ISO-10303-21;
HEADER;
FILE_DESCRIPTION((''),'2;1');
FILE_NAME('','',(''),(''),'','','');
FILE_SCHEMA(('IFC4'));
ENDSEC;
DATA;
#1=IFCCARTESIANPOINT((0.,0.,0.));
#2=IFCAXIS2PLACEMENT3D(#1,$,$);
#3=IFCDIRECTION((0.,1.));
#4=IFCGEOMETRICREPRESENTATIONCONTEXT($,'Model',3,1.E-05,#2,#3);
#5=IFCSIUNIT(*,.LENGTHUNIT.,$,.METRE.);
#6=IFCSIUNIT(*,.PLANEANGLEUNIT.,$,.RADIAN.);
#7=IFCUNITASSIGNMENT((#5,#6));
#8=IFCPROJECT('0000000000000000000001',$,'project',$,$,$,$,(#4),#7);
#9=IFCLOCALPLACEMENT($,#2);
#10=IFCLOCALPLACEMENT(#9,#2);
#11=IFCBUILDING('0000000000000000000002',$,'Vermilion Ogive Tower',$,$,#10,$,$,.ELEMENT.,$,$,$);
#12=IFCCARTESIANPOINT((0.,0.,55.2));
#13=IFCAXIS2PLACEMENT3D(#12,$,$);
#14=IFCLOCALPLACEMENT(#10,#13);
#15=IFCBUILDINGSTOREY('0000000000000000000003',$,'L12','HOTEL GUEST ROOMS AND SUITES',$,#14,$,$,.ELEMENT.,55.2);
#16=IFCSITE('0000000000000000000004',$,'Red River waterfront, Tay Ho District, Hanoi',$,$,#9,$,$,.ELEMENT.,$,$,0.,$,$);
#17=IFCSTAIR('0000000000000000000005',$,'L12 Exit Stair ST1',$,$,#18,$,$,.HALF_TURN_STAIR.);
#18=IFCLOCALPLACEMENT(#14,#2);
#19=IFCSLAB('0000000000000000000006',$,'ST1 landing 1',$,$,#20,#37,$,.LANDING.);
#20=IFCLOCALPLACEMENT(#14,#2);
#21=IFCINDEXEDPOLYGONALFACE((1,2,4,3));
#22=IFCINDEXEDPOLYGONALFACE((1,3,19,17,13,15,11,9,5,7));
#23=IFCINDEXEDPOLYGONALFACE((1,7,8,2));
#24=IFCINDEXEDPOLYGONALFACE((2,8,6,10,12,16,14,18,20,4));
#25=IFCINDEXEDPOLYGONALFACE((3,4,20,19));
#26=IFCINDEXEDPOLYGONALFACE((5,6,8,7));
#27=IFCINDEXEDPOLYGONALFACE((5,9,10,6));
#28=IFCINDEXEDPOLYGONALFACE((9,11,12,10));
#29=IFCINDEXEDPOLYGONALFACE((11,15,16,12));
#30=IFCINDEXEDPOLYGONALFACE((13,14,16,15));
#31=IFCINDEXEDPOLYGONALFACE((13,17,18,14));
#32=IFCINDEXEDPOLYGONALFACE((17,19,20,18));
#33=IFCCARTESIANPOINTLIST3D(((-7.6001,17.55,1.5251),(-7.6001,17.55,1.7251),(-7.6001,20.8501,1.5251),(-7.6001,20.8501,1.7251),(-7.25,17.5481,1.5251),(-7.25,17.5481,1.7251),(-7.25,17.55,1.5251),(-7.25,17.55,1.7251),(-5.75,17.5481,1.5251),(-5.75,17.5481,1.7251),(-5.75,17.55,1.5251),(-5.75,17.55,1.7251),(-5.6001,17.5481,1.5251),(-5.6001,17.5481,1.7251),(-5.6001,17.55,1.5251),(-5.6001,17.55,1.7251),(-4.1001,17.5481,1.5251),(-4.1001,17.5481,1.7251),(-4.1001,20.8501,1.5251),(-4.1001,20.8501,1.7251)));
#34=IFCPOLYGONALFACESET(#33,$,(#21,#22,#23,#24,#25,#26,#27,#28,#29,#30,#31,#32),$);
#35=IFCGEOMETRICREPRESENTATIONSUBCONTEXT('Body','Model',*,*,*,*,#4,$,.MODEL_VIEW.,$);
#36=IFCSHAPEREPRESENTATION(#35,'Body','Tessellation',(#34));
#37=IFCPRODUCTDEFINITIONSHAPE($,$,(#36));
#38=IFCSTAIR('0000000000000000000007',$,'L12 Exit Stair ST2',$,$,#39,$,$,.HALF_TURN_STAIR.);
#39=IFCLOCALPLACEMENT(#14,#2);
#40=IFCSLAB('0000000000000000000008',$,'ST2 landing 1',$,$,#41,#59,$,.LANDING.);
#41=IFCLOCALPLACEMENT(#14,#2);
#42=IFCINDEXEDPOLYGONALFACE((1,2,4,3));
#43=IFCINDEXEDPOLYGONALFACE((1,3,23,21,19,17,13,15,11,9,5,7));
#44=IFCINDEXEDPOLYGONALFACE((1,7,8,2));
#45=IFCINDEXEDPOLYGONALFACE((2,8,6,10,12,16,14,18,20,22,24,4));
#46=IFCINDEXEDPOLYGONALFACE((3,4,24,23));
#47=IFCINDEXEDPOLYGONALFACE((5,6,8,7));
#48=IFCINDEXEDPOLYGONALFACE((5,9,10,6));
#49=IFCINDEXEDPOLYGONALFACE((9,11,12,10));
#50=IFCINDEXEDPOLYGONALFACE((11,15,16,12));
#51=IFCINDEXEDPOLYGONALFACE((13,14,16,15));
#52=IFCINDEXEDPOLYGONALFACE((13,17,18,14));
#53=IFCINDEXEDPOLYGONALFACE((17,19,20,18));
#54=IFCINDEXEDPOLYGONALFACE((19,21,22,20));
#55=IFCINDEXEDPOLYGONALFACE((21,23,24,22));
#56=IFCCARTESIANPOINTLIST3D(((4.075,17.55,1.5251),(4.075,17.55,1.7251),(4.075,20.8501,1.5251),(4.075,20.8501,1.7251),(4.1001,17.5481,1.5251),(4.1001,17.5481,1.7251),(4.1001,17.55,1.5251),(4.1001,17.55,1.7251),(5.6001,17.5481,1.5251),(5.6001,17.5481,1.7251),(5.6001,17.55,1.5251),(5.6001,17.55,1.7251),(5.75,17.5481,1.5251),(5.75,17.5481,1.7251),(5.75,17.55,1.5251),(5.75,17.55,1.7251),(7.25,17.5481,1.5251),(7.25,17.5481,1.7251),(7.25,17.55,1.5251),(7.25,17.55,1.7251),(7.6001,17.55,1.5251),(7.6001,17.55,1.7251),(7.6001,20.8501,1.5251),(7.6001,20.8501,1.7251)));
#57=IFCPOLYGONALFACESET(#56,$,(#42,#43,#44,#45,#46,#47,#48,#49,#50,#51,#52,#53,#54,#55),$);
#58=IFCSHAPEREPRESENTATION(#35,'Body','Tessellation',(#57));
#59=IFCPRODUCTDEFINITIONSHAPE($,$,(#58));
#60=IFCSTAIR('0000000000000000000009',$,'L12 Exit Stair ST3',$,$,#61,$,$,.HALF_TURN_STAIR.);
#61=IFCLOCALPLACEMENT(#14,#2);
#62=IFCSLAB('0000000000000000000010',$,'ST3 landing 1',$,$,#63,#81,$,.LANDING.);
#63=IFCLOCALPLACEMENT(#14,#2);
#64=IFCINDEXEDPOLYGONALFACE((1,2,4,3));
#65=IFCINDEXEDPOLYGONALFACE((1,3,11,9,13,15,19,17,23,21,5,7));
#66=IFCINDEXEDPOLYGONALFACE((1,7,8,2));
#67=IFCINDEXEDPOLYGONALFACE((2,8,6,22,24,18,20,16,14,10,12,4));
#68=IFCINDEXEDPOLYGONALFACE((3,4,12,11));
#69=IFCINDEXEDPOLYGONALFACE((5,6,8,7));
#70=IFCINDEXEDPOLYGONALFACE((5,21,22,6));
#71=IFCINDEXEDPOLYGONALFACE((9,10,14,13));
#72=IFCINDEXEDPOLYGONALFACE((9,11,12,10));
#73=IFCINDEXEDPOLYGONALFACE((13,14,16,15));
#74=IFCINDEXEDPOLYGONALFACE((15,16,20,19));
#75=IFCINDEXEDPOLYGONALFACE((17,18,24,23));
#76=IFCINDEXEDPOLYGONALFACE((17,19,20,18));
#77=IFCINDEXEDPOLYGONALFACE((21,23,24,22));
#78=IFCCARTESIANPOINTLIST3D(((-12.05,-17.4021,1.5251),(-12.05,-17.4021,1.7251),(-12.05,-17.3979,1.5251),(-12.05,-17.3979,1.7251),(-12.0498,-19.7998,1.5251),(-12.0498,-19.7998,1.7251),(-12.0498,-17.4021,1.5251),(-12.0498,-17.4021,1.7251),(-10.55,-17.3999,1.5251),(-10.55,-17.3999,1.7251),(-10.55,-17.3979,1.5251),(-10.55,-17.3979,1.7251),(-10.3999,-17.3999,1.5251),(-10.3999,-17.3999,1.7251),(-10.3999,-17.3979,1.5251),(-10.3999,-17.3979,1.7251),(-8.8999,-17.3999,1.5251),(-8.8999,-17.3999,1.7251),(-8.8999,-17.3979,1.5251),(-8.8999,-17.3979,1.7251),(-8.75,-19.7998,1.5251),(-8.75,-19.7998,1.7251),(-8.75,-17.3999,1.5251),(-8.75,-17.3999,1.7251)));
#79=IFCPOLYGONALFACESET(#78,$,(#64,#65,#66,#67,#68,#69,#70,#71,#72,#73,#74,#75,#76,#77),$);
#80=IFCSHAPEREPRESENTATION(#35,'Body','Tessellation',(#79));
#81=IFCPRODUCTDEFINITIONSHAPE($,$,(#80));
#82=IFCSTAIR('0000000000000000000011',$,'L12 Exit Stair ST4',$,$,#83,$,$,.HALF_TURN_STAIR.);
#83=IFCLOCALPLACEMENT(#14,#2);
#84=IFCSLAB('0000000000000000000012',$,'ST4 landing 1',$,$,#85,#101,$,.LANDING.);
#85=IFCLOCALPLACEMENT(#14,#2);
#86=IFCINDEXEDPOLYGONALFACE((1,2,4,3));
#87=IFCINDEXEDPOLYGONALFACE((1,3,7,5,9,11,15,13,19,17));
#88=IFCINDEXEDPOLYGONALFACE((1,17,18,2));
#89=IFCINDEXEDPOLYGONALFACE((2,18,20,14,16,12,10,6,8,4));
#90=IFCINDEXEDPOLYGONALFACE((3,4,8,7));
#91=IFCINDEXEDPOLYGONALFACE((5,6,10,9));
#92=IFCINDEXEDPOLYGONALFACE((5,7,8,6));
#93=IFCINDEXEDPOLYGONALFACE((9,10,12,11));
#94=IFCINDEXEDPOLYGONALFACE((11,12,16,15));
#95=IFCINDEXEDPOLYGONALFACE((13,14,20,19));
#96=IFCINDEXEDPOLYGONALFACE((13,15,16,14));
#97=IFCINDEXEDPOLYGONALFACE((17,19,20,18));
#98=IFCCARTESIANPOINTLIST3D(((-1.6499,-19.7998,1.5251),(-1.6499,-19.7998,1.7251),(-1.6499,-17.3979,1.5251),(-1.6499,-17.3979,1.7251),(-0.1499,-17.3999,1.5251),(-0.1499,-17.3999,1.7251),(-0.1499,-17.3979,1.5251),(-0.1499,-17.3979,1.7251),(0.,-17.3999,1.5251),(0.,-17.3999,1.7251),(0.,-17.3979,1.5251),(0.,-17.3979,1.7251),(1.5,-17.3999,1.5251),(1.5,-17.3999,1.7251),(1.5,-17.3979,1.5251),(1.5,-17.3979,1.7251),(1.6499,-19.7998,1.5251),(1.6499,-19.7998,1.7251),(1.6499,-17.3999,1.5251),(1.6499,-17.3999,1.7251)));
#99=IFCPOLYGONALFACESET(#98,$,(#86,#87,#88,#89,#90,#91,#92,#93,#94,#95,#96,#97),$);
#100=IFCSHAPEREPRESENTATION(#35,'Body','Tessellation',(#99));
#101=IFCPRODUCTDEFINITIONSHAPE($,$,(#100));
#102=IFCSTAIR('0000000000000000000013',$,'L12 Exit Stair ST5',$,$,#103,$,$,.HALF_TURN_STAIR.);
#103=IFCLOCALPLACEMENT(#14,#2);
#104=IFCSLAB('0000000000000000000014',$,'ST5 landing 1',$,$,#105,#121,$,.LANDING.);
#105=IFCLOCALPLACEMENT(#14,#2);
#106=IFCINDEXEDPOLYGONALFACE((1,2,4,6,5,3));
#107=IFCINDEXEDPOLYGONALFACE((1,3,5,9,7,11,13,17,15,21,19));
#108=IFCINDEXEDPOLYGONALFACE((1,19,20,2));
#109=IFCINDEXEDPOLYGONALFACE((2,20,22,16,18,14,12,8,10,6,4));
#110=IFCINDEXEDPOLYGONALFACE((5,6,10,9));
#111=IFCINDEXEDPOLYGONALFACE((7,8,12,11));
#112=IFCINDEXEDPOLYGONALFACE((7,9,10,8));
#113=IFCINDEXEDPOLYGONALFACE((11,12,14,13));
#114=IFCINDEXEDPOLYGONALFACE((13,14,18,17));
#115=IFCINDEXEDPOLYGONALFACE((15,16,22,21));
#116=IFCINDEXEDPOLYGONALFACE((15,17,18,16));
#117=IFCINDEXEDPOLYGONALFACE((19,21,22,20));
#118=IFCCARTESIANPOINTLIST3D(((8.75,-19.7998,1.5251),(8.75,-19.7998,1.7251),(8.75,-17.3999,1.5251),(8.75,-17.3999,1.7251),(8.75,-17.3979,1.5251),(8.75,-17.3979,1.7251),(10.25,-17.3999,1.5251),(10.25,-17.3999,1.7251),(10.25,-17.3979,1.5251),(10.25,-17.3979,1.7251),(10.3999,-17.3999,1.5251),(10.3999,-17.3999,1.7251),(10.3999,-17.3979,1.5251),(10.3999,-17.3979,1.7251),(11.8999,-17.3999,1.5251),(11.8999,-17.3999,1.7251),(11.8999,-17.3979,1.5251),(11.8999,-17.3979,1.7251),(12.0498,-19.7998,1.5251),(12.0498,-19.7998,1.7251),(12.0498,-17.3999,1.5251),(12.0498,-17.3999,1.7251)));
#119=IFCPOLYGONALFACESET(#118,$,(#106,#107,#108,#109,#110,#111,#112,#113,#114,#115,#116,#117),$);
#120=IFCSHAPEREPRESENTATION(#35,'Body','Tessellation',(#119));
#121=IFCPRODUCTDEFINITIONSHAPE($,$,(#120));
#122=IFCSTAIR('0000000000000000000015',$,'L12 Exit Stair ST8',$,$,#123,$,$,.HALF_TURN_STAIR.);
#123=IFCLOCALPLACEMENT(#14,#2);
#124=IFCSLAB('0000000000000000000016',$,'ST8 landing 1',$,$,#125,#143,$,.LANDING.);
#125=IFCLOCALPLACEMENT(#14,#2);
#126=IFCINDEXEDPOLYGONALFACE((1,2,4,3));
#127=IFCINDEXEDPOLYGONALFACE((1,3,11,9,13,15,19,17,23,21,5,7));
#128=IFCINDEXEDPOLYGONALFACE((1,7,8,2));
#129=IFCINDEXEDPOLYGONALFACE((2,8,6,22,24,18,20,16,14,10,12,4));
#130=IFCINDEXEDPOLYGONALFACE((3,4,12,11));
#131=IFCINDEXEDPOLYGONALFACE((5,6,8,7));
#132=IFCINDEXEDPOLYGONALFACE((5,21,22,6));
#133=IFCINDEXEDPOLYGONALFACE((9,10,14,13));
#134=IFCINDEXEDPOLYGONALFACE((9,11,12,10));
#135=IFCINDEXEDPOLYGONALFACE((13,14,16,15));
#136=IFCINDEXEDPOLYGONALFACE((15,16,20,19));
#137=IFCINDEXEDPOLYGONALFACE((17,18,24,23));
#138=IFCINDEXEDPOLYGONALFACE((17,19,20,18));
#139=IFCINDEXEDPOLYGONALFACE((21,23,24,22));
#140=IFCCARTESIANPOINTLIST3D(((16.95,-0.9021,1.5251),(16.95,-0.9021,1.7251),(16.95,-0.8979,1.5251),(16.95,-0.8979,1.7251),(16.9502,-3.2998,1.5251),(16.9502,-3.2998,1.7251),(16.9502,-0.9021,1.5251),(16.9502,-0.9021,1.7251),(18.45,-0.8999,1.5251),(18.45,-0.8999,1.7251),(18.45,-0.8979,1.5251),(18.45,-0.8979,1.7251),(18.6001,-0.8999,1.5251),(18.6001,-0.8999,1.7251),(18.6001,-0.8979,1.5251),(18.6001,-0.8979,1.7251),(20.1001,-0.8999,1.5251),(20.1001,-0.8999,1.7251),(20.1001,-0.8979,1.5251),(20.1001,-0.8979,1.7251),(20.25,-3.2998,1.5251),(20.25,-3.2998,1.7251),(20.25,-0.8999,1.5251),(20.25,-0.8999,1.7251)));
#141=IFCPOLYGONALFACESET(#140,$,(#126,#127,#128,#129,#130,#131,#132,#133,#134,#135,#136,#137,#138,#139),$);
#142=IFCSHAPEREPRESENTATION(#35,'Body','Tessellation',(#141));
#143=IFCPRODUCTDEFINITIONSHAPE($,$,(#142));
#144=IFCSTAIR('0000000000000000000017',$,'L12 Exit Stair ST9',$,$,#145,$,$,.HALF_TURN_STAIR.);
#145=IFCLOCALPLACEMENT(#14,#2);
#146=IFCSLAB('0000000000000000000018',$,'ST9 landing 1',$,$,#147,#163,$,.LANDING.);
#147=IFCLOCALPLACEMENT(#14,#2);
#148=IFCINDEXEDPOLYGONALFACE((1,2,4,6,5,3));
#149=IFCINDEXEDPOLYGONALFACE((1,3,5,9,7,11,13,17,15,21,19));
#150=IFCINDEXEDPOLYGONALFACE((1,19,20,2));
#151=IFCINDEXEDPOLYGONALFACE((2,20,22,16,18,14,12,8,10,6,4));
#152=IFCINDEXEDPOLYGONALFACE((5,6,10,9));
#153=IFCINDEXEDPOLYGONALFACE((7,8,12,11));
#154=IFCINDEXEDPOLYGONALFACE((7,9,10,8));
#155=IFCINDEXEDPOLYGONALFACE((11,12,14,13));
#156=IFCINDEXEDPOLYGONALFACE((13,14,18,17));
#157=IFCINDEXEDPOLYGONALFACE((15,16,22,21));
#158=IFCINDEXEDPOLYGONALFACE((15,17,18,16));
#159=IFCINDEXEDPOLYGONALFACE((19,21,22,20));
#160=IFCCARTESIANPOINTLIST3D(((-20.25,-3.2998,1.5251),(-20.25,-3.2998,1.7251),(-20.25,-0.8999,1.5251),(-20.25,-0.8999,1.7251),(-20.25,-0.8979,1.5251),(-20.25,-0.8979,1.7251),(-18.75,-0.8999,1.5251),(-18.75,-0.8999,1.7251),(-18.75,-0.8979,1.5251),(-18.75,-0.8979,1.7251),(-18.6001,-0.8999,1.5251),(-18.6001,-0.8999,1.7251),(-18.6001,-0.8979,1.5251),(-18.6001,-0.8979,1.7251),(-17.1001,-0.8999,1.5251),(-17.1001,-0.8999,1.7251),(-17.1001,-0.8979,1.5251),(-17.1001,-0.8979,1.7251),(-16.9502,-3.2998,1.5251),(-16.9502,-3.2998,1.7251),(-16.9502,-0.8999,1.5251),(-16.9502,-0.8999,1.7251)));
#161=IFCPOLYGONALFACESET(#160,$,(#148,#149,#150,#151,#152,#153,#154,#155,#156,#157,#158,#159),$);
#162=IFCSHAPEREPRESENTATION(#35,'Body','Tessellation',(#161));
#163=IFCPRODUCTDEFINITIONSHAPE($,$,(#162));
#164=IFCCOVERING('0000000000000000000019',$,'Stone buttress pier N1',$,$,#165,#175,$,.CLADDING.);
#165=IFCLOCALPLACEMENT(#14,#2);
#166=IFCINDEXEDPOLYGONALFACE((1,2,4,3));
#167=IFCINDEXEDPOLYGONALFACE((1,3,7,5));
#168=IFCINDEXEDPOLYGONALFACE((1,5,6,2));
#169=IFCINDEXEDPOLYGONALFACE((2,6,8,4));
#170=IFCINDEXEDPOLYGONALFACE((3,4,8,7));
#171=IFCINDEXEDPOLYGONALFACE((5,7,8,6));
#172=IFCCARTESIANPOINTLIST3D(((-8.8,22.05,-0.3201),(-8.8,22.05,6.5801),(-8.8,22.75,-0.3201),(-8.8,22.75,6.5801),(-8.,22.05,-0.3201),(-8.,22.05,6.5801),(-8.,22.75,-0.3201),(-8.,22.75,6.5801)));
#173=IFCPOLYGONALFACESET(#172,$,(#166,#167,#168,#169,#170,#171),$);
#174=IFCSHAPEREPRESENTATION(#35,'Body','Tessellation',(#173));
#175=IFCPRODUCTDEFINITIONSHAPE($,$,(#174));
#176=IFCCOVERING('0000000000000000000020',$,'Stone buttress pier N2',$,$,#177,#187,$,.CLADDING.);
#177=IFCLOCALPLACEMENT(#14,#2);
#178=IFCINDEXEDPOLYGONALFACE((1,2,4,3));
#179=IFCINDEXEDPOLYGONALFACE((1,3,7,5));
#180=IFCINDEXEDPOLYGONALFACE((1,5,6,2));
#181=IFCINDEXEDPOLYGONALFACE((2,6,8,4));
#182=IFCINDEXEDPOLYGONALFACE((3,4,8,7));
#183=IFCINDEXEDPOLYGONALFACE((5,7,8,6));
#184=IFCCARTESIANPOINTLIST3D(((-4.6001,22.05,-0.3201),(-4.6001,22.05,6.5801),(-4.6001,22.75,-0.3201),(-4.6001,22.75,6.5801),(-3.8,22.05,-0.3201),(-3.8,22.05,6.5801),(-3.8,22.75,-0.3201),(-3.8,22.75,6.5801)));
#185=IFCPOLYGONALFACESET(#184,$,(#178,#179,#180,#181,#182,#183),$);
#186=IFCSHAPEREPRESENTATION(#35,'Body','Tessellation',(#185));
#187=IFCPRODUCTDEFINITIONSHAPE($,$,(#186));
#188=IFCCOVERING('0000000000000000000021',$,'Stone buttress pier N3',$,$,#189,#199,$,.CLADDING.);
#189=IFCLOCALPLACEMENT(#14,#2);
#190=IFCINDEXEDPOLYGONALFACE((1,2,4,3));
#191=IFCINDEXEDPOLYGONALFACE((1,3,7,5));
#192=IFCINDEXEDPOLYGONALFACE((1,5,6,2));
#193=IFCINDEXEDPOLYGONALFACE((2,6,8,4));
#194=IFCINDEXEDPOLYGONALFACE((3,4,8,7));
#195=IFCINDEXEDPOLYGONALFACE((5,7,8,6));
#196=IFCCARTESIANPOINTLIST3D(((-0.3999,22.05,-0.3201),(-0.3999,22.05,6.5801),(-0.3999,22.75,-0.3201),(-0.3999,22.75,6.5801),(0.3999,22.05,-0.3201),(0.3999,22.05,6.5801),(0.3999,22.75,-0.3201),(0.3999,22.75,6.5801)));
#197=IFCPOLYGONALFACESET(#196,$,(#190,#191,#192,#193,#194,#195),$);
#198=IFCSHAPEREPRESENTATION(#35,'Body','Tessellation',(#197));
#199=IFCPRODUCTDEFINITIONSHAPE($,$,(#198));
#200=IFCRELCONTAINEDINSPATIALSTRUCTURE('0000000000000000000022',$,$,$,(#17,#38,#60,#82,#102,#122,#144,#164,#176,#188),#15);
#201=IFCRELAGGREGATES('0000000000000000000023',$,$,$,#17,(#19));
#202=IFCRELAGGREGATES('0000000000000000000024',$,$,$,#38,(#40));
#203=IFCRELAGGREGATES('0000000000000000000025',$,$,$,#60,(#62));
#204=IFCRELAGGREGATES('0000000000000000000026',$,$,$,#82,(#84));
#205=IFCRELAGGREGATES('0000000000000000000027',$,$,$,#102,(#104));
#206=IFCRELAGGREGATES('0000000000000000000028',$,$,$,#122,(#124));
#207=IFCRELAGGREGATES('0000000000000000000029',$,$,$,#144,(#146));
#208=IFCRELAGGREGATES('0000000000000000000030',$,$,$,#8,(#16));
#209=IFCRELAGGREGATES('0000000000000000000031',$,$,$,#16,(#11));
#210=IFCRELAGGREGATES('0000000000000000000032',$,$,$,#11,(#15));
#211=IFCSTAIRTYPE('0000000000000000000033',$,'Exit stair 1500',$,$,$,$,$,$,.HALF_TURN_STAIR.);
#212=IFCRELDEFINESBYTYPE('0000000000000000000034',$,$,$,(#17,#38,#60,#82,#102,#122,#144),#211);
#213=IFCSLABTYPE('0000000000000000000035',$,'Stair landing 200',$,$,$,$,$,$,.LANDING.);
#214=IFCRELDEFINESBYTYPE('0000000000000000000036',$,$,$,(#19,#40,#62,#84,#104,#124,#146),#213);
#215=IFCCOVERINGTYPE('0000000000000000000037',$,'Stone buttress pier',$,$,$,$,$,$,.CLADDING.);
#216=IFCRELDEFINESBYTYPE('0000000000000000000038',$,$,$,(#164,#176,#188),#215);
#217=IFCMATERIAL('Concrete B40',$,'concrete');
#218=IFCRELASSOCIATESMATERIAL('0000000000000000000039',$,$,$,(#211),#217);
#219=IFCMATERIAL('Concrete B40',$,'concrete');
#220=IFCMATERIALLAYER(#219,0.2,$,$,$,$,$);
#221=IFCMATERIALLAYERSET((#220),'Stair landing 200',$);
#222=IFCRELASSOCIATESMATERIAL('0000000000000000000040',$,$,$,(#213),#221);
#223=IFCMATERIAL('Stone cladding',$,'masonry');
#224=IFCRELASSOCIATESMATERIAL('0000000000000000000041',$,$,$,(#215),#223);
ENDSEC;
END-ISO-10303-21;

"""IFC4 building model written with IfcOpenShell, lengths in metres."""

from ifc_helpers import new_model, si_unit, direction, frame, origin, place, context, subcontext, project, spatial, polyline, outline, extrude, material, layer, layer_set, type_object, element, aggregate, save


model = new_model("IFC4")

# Units and contexts
model_context = context("Model", 3, precision=1e-05, world=origin(), true_north=direction((0.0, 1.0)))
body_context = subcontext(model_context, "Body", "Model", "MODEL_VIEW")
ifc_project = project(units=[si_unit("LENGTHUNIT", "METRE"), si_unit("PLANEANGLEUNIT", "RADIAN")], contexts=[model_context])

# Site, building, storey
site_placement = place(None, origin())
site = spatial("IfcSite", under=ifc_project, at=site_placement, Name="Red River waterfront, Tay Ho District, Hanoi", CompositionType="ELEMENT", RefElevation=0.0)
building_placement = place(site_placement, origin())
building = spatial("IfcBuilding", under=site, at=building_placement, Name="Vermilion Ogive Tower", CompositionType="ELEMENT")
storey_placement = place(building_placement, frame((0.0, 0.0, 55.2)))
storey = spatial("IfcBuildingStorey", under=building, at=storey_placement, Name="L12", Description="HOTEL GUEST ROOMS AND SUITES", CompositionType="ELEMENT", Elevation=55.2)

# Stairs, slabs
ifc_material_1 = material(Name="Concrete B40", Category="concrete")
stair_type = type_object("IfcStairType", Name="Exit stair 1500", PredefinedType="HALF_TURN_STAIR", material=ifc_material_1)
stair_1_placement = place(storey_placement, origin())
stair_1 = element("IfcStair", 1, at=stair_1_placement, inside=storey, type_object=stair_type, Name="L12 Exit Stair ST1", PredefinedType="HALF_TURN_STAIR")
ifc_material_2 = material(Name="Concrete B40", Category="concrete")
ifc_layer = layer(ifc_material_2, 0.2)
ifc_layer_set = layer_set([ifc_layer], Name="Stair landing 200")
slab_type = type_object("IfcSlabType", Name="Stair landing 200", PredefinedType="LANDING", material=ifc_layer_set)
slab_1_placement = place(storey_placement, frame((0.0, 0.0, 1.5251)))
slab_1 = element("IfcSlab", 2, at=slab_1_placement, type_object=slab_type, Name="ST1 landing 1", PredefinedType="LANDING", context=body_context, shape_type="SweptSolid", body=[
    extrude(outline(polyline([(-7.6001, 17.55), (-7.25, 17.55), (-7.25, 17.5481), (-5.75, 17.5481), (-5.75, 17.55), (-5.6001, 17.55), (-5.6001, 17.5481), (-4.1001, 17.5481), (-4.1001, 20.8501), (-7.6001, 20.8501), (-7.6001, 17.55)])), origin(), (0.0, 0.0, 1.0), 0.2),
])
aggregate(stair_1, [slab_1])
stair_2_placement = place(storey_placement, origin())
stair_2 = element("IfcStair", 3, at=stair_2_placement, inside=storey, type_object=stair_type, Name="L12 Exit Stair ST2", PredefinedType="HALF_TURN_STAIR")
slab_2_placement = place(storey_placement, frame((0.0, 0.0, 1.5251)))
slab_2 = element("IfcSlab", 4, at=slab_2_placement, type_object=slab_type, Name="ST2 landing 1", PredefinedType="LANDING", context=body_context, shape_type="SweptSolid", body=[
    extrude(outline(polyline([(5.6001, 17.55), (5.75, 17.55), (5.75, 17.5481), (7.25, 17.5481), (7.25, 17.55), (7.6001, 17.55), (7.6001, 20.8501), (4.075, 20.8501), (4.075, 17.55), (4.1001, 17.55), (4.1001, 17.5481), (5.6001, 17.5481), (5.6001, 17.55)])), origin(), (0.0, 0.0, 1.0), 0.2),
])
aggregate(stair_2, [slab_2])
stair_3_placement = place(storey_placement, origin())
stair_3 = element("IfcStair", 5, at=stair_3_placement, inside=storey, type_object=stair_type, Name="L12 Exit Stair ST3", PredefinedType="HALF_TURN_STAIR")
slab_3_placement = place(storey_placement, frame((0.0, 0.0, 1.5251)))
slab_3 = element("IfcSlab", 6, at=slab_3_placement, type_object=slab_type, Name="ST3 landing 1", PredefinedType="LANDING", context=body_context, shape_type="SweptSolid", body=[
    extrude(outline(polyline([(-8.75, -17.3999), (-8.8999, -17.3999), (-8.8999, -17.3979), (-10.3999, -17.3979), (-10.3999, -17.3999), (-10.55, -17.3999), (-10.55, -17.3979), (-12.05, -17.3979), (-12.05, -17.4021), (-12.0498, -17.4021), (-12.0498, -19.7998), (-8.75, -19.7998), (-8.75, -17.3999)])), origin(), (0.0, 0.0, 1.0), 0.2),
])
aggregate(stair_3, [slab_3])
stair_4_placement = place(storey_placement, origin())
stair_4 = element("IfcStair", 7, at=stair_4_placement, inside=storey, type_object=stair_type, Name="L12 Exit Stair ST4", PredefinedType="HALF_TURN_STAIR")
slab_4_placement = place(storey_placement, frame((0.0, 0.0, 1.5251)))
slab_4 = element("IfcSlab", 8, at=slab_4_placement, type_object=slab_type, Name="ST4 landing 1", PredefinedType="LANDING", context=body_context, shape_type="SweptSolid", body=[
    extrude(outline(polyline([(1.6499, -17.3999), (1.5, -17.3999), (1.5, -17.3979), (0.0, -17.3979), (0.0, -17.3999), (-0.1499, -17.3999), (-0.1499, -17.3979), (-1.6499, -17.3979), (-1.6499, -19.7998), (1.6499, -19.7998), (1.6499, -17.3999)])), origin(), (0.0, 0.0, 1.0), 0.2),
])
aggregate(stair_4, [slab_4])
stair_5_placement = place(storey_placement, origin())
stair_5 = element("IfcStair", 9, at=stair_5_placement, inside=storey, type_object=stair_type, Name="L12 Exit Stair ST5", PredefinedType="HALF_TURN_STAIR")
slab_5_placement = place(storey_placement, frame((0.0, 0.0, 1.5251)))
slab_5 = element("IfcSlab", 10, at=slab_5_placement, type_object=slab_type, Name="ST5 landing 1", PredefinedType="LANDING", context=body_context, shape_type="SweptSolid", body=[
    extrude(outline(polyline([(12.0498, -17.3999), (11.8999, -17.3999), (11.8999, -17.3979), (10.3999, -17.3979), (10.3999, -17.3999), (10.25, -17.3999), (10.25, -17.3979), (8.75, -17.3979), (8.75, -17.3999), (8.75, -17.3999), (8.75, -19.7998), (12.0498, -19.7998), (12.0498, -17.3999)])), origin(), (0.0, 0.0, 1.0), 0.2),
])
aggregate(stair_5, [slab_5])
stair_6_placement = place(storey_placement, origin())
stair_6 = element("IfcStair", 11, at=stair_6_placement, inside=storey, type_object=stair_type, Name="L12 Exit Stair ST8", PredefinedType="HALF_TURN_STAIR")
slab_6_placement = place(storey_placement, frame((0.0, 0.0, 1.5251)))
slab_6 = element("IfcSlab", 12, at=slab_6_placement, type_object=slab_type, Name="ST8 landing 1", PredefinedType="LANDING", context=body_context, shape_type="SweptSolid", body=[
    extrude(outline(polyline([(20.25, -0.8999), (20.1001, -0.8999), (20.1001, -0.8979), (18.6001, -0.8979), (18.6001, -0.8999), (18.45, -0.8999), (18.45, -0.8979), (16.95, -0.8979), (16.95, -0.9021), (16.9502, -0.9021), (16.9502, -3.2998), (20.25, -3.2998), (20.25, -0.8999)])), origin(), (0.0, 0.0, 1.0), 0.2),
])
aggregate(stair_6, [slab_6])
stair_7_placement = place(storey_placement, origin())
stair_7 = element("IfcStair", 13, at=stair_7_placement, inside=storey, type_object=stair_type, Name="L12 Exit Stair ST9", PredefinedType="HALF_TURN_STAIR")
slab_7_placement = place(storey_placement, frame((0.0, 0.0, 1.5251)))
slab_7 = element("IfcSlab", 14, at=slab_7_placement, type_object=slab_type, Name="ST9 landing 1", PredefinedType="LANDING", context=body_context, shape_type="SweptSolid", body=[
    extrude(outline(polyline([(-16.9502, -0.8999), (-17.1001, -0.8999), (-17.1001, -0.8979), (-18.6001, -0.8979), (-18.6001, -0.8999), (-18.75, -0.8999), (-18.75, -0.8979), (-20.25, -0.8979), (-20.25, -0.8999), (-20.25, -0.8999), (-20.25, -3.2998), (-16.9502, -3.2998), (-16.9502, -0.8999)])), origin(), (0.0, 0.0, 1.0), 0.2),
])
aggregate(stair_7, [slab_7])

# Coverings
ifc_material_3 = material(Name="Stone cladding", Category="masonry")
covering_type_1 = type_object("IfcCoveringType", Name="Stone buttress pier", PredefinedType="CLADDING", material=ifc_material_3)
covering_1_placement = place(storey_placement, frame((0.0, 0.0, -0.3201)))
element("IfcCovering", 15, at=covering_1_placement, inside=storey, type_object=covering_type_1, Name="Stone buttress pier N1", PredefinedType="CLADDING", context=body_context, shape_type="SweptSolid", body=[
    extrude(outline(polyline([(-8.0, 22.75), (-8.0, 22.05), (-8.8, 22.05), (-8.8, 22.75), (-8.0, 22.75)])), origin(), (0.0, 0.0, 1.0), 6.9001),
])
covering_2_placement = place(storey_placement, frame((0.0, 0.0, -0.3201)))
element("IfcCovering", 16, at=covering_2_placement, inside=storey, type_object=covering_type_1, Name="Stone buttress pier N2", PredefinedType="CLADDING", context=body_context, shape_type="SweptSolid", body=[
    extrude(outline(polyline([(-3.8, 22.75), (-3.8, 22.05), (-4.6001, 22.05), (-4.6001, 22.75), (-3.8, 22.75)])), origin(), (0.0, 0.0, 1.0), 6.9001),
])
covering_3_placement = place(storey_placement, frame((0.0, 0.0, -0.3201)))
element("IfcCovering", 17, at=covering_3_placement, inside=storey, type_object=covering_type_1, Name="Stone buttress pier N3", PredefinedType="CLADDING", context=body_context, shape_type="SweptSolid", body=[
    extrude(outline(polyline([(0.3999, 22.75), (0.3999, 22.05), (-0.3999, 22.05), (-0.3999, 22.75), (0.3999, 22.75)])), origin(), (0.0, 0.0, 1.0), 6.9001),
])

save(model, "model.ifc")
